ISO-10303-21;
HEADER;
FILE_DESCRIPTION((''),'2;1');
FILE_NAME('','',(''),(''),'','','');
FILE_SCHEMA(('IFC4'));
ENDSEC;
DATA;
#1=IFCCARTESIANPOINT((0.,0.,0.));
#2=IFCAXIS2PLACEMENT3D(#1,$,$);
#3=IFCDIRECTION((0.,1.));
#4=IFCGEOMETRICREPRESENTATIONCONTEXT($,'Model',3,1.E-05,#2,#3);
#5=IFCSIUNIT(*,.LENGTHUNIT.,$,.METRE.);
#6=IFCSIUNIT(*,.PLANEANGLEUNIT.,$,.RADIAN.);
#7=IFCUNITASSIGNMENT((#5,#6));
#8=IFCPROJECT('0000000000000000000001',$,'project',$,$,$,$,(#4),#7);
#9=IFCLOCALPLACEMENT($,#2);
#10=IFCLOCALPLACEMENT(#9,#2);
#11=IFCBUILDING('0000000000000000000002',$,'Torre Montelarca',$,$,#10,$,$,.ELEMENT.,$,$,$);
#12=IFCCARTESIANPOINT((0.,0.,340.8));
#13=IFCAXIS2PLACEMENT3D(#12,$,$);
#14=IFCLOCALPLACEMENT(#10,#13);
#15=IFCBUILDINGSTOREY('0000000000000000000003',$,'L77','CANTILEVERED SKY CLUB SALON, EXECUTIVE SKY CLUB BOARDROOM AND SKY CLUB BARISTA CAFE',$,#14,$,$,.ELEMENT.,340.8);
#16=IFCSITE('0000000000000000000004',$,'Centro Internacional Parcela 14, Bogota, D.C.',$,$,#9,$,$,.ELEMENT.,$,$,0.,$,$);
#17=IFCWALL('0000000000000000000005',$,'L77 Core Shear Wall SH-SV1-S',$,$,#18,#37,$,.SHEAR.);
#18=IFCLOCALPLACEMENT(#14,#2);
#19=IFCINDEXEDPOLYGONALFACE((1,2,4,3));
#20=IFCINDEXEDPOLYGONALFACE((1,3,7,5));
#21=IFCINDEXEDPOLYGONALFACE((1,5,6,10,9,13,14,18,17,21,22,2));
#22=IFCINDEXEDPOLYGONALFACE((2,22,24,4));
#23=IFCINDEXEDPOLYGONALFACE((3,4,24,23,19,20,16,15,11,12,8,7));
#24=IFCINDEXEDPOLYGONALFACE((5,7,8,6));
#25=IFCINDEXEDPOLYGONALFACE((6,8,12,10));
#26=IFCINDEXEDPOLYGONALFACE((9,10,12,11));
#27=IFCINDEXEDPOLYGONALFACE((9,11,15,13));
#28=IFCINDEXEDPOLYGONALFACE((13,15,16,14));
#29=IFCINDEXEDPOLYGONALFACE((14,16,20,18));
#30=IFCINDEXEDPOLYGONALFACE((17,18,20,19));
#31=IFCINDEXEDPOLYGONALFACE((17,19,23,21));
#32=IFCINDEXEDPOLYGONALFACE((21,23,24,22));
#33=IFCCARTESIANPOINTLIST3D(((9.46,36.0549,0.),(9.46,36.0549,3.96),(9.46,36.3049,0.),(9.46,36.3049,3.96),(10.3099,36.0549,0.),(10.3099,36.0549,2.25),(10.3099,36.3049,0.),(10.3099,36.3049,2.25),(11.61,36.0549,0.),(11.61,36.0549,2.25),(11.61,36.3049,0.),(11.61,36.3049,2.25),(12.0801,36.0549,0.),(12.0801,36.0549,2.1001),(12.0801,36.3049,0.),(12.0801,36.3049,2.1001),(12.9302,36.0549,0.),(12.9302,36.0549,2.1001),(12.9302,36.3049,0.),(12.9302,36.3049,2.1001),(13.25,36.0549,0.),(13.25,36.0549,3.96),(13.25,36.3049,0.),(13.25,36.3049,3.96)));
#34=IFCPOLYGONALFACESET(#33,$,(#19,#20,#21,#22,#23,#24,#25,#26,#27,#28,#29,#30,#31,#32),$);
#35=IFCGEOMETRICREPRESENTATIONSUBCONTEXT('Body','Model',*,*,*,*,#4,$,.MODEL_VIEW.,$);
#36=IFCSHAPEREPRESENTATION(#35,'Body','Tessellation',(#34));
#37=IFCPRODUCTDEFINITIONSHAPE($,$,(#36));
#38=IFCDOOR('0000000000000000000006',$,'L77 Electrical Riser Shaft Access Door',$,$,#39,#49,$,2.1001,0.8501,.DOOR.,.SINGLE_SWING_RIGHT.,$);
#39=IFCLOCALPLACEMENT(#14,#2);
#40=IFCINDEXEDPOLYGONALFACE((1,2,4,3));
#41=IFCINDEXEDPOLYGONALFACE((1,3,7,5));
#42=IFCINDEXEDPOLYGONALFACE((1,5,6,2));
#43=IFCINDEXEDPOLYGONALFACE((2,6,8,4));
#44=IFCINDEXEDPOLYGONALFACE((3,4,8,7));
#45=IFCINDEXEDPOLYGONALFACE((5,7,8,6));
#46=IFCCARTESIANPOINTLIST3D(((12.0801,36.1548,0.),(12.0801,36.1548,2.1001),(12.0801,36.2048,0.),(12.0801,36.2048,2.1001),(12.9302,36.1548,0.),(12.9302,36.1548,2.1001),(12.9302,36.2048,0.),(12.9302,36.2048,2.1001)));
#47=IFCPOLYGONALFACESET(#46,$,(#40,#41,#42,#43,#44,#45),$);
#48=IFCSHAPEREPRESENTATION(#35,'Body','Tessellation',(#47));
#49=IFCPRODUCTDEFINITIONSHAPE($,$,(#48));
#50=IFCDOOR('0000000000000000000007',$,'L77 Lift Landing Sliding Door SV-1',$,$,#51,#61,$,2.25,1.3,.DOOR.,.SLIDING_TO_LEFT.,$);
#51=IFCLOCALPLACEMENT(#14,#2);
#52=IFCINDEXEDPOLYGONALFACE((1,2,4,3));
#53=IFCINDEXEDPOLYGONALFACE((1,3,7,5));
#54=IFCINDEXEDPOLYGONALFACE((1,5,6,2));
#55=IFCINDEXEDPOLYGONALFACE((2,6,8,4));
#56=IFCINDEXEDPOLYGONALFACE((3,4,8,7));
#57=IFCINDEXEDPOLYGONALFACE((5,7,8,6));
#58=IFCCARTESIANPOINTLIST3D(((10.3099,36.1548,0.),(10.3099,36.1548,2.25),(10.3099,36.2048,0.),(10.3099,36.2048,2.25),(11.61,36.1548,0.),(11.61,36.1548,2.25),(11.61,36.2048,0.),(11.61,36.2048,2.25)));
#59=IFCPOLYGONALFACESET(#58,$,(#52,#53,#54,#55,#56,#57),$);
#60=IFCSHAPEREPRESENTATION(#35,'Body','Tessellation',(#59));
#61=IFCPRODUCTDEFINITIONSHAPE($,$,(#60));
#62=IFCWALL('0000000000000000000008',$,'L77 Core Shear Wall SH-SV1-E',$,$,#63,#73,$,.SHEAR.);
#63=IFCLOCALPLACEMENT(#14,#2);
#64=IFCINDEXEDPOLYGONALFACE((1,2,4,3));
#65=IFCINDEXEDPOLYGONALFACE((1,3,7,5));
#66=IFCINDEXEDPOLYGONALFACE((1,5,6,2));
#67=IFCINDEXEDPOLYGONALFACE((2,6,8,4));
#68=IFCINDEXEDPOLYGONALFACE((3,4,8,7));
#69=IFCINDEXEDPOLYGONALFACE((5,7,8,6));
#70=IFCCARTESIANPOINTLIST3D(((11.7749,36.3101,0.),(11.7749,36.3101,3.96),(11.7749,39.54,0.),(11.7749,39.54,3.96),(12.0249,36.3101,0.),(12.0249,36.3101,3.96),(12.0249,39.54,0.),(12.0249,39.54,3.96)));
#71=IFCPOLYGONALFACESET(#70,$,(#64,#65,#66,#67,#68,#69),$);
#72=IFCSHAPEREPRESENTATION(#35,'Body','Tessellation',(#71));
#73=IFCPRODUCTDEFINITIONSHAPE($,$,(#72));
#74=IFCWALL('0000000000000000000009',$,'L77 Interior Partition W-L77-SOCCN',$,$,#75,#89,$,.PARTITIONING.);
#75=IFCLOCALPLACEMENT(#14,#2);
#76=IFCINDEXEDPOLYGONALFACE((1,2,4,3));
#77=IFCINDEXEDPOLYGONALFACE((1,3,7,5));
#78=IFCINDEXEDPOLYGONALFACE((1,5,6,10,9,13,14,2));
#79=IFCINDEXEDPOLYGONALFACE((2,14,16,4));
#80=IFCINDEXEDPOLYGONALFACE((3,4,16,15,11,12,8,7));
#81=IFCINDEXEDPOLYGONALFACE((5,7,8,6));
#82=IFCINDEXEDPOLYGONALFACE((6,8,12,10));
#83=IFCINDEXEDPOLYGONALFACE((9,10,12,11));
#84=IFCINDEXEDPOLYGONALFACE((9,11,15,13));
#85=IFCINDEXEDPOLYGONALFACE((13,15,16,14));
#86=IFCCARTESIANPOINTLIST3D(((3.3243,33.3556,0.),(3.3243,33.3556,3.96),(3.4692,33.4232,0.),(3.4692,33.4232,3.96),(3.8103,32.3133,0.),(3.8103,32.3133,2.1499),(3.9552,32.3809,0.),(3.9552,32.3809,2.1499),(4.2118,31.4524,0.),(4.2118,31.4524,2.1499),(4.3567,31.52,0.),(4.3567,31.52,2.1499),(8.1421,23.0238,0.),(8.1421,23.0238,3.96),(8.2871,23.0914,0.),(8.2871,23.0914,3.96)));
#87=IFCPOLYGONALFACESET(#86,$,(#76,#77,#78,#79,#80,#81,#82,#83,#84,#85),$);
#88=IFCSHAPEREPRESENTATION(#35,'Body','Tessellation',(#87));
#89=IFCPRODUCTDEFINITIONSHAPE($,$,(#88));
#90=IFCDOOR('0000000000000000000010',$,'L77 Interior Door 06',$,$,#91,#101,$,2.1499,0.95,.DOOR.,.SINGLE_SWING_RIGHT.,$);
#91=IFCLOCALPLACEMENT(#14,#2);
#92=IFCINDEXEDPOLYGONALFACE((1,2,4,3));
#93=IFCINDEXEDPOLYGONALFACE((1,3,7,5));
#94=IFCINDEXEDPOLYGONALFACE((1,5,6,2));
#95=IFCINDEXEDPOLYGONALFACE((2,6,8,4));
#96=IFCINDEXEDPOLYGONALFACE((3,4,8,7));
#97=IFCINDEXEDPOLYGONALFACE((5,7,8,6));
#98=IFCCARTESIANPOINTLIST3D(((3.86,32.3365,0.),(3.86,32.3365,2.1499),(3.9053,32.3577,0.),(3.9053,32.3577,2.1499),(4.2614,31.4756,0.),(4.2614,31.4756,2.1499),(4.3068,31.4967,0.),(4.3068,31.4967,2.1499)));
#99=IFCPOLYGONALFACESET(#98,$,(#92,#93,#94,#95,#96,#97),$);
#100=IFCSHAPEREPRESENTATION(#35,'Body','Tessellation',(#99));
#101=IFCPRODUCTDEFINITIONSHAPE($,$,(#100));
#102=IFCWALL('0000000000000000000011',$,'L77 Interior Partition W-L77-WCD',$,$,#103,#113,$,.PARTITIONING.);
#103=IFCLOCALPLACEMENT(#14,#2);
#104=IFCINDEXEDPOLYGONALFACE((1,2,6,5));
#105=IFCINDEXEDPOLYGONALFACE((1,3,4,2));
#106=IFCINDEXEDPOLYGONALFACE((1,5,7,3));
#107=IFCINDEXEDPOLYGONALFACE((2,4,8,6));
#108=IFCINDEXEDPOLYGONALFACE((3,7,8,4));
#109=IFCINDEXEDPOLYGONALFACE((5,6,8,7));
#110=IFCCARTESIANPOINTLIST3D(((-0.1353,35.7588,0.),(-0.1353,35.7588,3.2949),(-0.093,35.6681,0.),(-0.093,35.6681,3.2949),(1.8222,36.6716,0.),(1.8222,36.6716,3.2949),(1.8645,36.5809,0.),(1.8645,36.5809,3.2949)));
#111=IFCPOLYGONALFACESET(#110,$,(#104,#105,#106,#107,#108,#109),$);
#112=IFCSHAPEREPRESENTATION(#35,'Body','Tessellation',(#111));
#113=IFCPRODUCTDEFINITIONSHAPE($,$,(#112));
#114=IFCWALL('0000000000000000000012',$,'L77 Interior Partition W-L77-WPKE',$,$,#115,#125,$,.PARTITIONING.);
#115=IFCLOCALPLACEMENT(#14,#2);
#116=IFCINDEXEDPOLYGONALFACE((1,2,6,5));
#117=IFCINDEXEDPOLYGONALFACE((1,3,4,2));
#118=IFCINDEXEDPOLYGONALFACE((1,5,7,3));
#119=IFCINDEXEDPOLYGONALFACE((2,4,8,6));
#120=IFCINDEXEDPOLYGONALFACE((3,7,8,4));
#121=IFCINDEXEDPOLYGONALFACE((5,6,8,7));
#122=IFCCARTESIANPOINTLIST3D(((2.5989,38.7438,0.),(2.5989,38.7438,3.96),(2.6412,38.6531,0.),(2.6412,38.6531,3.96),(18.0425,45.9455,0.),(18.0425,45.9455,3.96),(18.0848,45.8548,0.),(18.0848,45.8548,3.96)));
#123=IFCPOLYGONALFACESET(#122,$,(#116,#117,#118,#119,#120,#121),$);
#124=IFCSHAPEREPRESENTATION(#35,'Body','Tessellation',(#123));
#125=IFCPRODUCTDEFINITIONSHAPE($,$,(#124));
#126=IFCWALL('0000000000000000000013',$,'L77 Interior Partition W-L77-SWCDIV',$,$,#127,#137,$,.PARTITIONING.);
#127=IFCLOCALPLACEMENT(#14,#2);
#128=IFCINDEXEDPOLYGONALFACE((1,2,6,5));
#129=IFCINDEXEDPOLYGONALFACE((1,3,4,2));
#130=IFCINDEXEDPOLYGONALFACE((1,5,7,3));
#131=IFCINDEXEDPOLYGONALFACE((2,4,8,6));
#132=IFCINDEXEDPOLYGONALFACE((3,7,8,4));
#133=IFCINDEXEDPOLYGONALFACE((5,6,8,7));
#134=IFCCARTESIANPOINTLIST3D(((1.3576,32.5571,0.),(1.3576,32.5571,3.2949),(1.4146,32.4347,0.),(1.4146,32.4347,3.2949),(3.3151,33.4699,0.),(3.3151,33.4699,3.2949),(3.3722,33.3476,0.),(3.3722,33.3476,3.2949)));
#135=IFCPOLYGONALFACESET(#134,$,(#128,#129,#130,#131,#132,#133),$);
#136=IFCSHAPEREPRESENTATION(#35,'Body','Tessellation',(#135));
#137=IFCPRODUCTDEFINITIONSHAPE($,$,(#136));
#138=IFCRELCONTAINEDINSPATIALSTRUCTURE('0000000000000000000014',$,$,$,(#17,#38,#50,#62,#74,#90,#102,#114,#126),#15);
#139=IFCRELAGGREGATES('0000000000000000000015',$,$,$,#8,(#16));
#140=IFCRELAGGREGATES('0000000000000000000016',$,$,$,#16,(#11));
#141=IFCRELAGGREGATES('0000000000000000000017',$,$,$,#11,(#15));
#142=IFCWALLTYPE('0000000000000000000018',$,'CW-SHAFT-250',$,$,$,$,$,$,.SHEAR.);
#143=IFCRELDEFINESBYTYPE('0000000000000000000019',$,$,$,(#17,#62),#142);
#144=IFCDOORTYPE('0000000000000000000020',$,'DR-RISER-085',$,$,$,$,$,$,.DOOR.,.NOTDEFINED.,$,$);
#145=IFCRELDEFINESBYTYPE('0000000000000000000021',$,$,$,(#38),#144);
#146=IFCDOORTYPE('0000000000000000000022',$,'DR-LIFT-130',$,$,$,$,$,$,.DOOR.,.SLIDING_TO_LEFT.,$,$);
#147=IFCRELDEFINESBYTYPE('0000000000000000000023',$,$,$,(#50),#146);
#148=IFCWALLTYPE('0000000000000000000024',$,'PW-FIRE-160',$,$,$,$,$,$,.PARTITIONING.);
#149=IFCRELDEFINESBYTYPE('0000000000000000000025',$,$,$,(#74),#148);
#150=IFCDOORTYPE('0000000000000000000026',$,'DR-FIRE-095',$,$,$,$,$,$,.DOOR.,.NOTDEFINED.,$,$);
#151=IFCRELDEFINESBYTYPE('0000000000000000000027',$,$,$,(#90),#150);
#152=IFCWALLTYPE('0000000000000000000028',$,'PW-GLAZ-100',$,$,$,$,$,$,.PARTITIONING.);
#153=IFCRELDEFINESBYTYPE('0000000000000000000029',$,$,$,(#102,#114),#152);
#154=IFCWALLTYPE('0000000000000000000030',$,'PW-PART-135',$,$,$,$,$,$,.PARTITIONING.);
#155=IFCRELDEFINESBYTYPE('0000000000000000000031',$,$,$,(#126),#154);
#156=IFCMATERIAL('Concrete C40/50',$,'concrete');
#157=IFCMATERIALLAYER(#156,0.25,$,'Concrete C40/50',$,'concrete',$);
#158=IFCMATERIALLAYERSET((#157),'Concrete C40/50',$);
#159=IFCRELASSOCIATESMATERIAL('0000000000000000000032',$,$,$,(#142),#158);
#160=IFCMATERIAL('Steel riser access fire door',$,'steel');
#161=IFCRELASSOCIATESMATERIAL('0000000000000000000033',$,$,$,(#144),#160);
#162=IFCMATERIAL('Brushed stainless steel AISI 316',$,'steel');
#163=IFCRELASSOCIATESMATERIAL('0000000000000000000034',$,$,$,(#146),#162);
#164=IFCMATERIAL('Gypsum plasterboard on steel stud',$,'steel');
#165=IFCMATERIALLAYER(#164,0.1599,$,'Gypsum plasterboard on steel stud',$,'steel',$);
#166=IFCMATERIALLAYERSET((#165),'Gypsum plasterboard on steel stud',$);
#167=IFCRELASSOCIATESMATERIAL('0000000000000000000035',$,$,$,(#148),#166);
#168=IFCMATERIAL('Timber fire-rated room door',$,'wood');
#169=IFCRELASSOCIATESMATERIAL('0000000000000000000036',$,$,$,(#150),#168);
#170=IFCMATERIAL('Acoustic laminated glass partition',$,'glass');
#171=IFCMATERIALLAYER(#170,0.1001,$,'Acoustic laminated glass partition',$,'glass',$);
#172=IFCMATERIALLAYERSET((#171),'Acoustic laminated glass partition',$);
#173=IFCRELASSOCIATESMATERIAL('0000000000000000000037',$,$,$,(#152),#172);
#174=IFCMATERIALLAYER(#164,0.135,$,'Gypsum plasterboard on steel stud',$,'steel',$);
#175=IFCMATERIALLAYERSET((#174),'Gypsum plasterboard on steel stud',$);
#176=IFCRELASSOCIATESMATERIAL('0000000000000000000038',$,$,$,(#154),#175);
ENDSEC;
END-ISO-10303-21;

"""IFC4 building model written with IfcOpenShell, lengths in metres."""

from ifc_helpers import new_model, si_unit, direction, frame, frame_2d, origin, place, context, subcontext, project, spatial, rectangle, extrude, source, transform, mapped, material, layer, layer_set, type_object, element, fill, save


model = new_model("IFC4")

# Units and contexts
model_context = context("Model", 3, precision=1e-05, world=origin(), true_north=direction((0.0, 1.0)))
body_context = subcontext(model_context, "Body", "Model", "MODEL_VIEW")
ifc_project = project(units=[si_unit("LENGTHUNIT", "METRE"), si_unit("PLANEANGLEUNIT", "RADIAN")], contexts=[model_context])

# Site, building, storey
site_placement = place(None, origin())
site = spatial("IfcSite", under=ifc_project, at=site_placement, Name="Centro Internacional Parcela 14, Bogota, D.C.", CompositionType="ELEMENT", RefElevation=0.0)
building_placement = place(site_placement, origin())
building = spatial("IfcBuilding", under=site, at=building_placement, Name="Torre Montelarca", CompositionType="ELEMENT")
storey_placement = place(building_placement, frame((0.0, 0.0, 340.8)))
storey = spatial("IfcBuildingStorey", under=building, at=storey_placement, Name="L77", Description="CANTILEVERED SKY CLUB SALON, EXECUTIVE SKY CLUB BOARDROOM AND SKY CLUB BARISTA CAFE", CompositionType="ELEMENT", Elevation=340.8)

# Shared definitions
ifc_material_1 = material(Name="Concrete C40/50", Category="concrete")

# Shared definitions
ifc_layer_1 = layer(ifc_material_1, 0.25, Name="Concrete C40/50", Category="concrete")
ifc_layer_set_1 = layer_set([ifc_layer_1], Name="Concrete C40/50")
wall_type_1 = type_object("IfcWallType", Name="CW-SHAFT-250", PredefinedType="SHEAR", material=ifc_layer_set_1)

# Wall, openings, doors
wall_1_placement = place(storey_placement, frame((9.46, 36.1799, 0.0), z_axis=(0.0, 0.0, 1.0), x_axis=(1.0, 0.0, 0.0)))
wall_1 = element("IfcWall", 1, at=wall_1_placement, inside=storey, type_object=wall_type_1, Name="L77 Core Shear Wall SH-SV1-S", PredefinedType="SHEAR", context=body_context, shape_type="SweptSolid", body=[
    extrude(rectangle(XDim=3.79, YDim=0.25, at=frame_2d((1.895, 0.0))), origin(), (0.0, 0.0, 1.0), 3.96),
])
opening_1_placement = place(wall_1_placement, frame((2.6201, 0.0, 0.0)))
opening_1 = element("IfcOpeningElement", 2, at=opening_1_placement, cuts=wall_1, PredefinedType="OPENING", context=body_context, shape_type="SweptSolid", body=[
    extrude(rectangle(XDim=0.8501, YDim=2.1001, at=frame_2d((0.425, 1.05))), frame((0.0, 0.135, 0.0), z_axis=(0.0, -1.0, 0.0), x_axis=(1.0, 0.0, 0.0)), (0.0, 0.0, 1.0), 0.27),
])
opening_2_placement = place(wall_1_placement, frame((0.8501, 0.0, 0.0)))
opening_2 = element("IfcOpeningElement", 3, at=opening_2_placement, cuts=wall_1, PredefinedType="OPENING", context=body_context, shape_type="SweptSolid", body=[
    extrude(rectangle(XDim=1.3, YDim=2.25, at=frame_2d((0.6499, 1.125))), frame((0.0, 0.135, 0.0), z_axis=(0.0, -1.0, 0.0), x_axis=(1.0, 0.0, 0.0)), (0.0, 0.0, 1.0), 0.27),
])
ifc_material_2 = material(Name="Steel riser access fire door", Category="steel")
door_type_1 = type_object("IfcDoorType", Name="DR-RISER-085", OperationType="NOTDEFINED", PredefinedType="DOOR", material=ifc_material_2)
shared_shape_1 = source(origin(), body_context, "Body", "SweptSolid", [
    extrude(rectangle(XDim=0.8501, YDim=2.1001, at=frame_2d((0.425, 1.05))), frame((0.0, 0.0249, 0.0), z_axis=(0.0, -1.0, 0.0), x_axis=(1.0, 0.0, 0.0)), (0.0, 0.0, 1.0), 0.05),
])
door_1_placement = place(opening_1_placement, origin())
door_1 = element("IfcDoor", 4, at=door_1_placement, inside=storey, type_object=door_type_1, Name="L77 Electrical Riser Shaft Access Door", OperationType="SINGLE_SWING_RIGHT", OverallHeight=2.1001, OverallWidth=0.8501, PredefinedType="DOOR", context=body_context, shape_type="MappedRepresentation", body=[
    mapped(shared_shape_1, transform((0.0, 0.0, 0.0), scale=1.0)),
])
fill(opening_1, door_1)
ifc_material_3 = material(Name="Brushed stainless steel AISI 316", Category="steel")
door_type_2 = type_object("IfcDoorType", Name="DR-LIFT-130", OperationType="SLIDING_TO_LEFT", PredefinedType="DOOR", material=ifc_material_3)
shared_shape_2 = source(origin(), body_context, "Body", "SweptSolid", [
    extrude(rectangle(XDim=1.3, YDim=2.25, at=frame_2d((0.6499, 1.125))), frame((0.0, 0.0249, 0.0), z_axis=(0.0, -1.0, 0.0), x_axis=(1.0, 0.0, 0.0)), (0.0, 0.0, 1.0), 0.05),
])
door_2_placement = place(opening_2_placement, origin())
door_2 = element("IfcDoor", 5, at=door_2_placement, inside=storey, type_object=door_type_2, Name="L77 Lift Landing Sliding Door SV-1", OperationType="SLIDING_TO_LEFT", OverallHeight=2.25, OverallWidth=1.3, PredefinedType="DOOR", context=body_context, shape_type="MappedRepresentation", body=[
    mapped(shared_shape_2, transform((0.0, 0.0, 0.0), scale=1.0)),
])
fill(opening_2, door_2)

# Wall
wall_2_placement = place(storey_placement, frame((11.8999, 36.3101, 0.0), z_axis=(0.0, 0.0, 1.0), x_axis=(0.0, 1.0, 0.0)))
element("IfcWall", 6, at=wall_2_placement, inside=storey, type_object=wall_type_1, Name="L77 Core Shear Wall SH-SV1-E", PredefinedType="SHEAR", context=body_context, shape_type="SweptSolid", body=[
    extrude(rectangle(XDim=3.23, YDim=0.25, at=frame_2d((1.615, 0.0))), origin(), (0.0, 0.0, 1.0), 3.96),
])

# Wall, opening, door
ifc_material_4 = material(Name="Gypsum plasterboard on steel stud", Category="steel")
ifc_layer_2 = layer(ifc_material_4, 0.1599, Name="Gypsum plasterboard on steel stud", Category="steel")
ifc_layer_set_2 = layer_set([ifc_layer_2], Name="Gypsum plasterboard on steel stud")
wall_type_2 = type_object("IfcWallType", Name="PW-FIRE-160", PredefinedType="PARTITIONING", material=ifc_layer_set_2)
wall_3_placement = place(storey_placement, frame((3.3967, 33.3894, 0.0), z_axis=(0.0, 0.0, 1.0), x_axis=(0.422624, -0.906305, 0.0)))
wall_3 = element("IfcWall", 7, at=wall_3_placement, inside=storey, type_object=wall_type_2, Name="L77 Interior Partition W-L77-SOCCN", PredefinedType="PARTITIONING", context=body_context, shape_type="SweptSolid", body=[
    extrude(rectangle(XDim=11.3999, YDim=0.1599, at=frame_2d((5.7, 0.0))), origin(), (0.0, 0.0, 1.0), 3.96),
])
opening_3_placement = place(wall_3_placement, frame((1.1499, 0.0, 0.0)))
opening_3 = element("IfcOpeningElement", 8, at=opening_3_placement, cuts=wall_3, PredefinedType="OPENING", context=body_context, shape_type="SweptSolid", body=[
    extrude(rectangle(XDim=0.95, YDim=2.1499, at=frame_2d((0.4751, 1.075))), frame((0.0, 0.0898, 0.0), z_axis=(0.0, -1.0, 0.0), x_axis=(1.0, 0.0, 0.0)), (0.0, 0.0, 1.0), 0.1799),
])
ifc_material_5 = material(Name="Timber fire-rated room door", Category="wood")
door_type_3 = type_object("IfcDoorType", Name="DR-FIRE-095", OperationType="NOTDEFINED", PredefinedType="DOOR", material=ifc_material_5)
shared_shape_3 = source(origin(), body_context, "Body", "SweptSolid", [
    extrude(rectangle(XDim=0.95, YDim=2.1499, at=frame_2d((0.4751, 1.075))), frame((0.0, 0.0249, 0.0), z_axis=(0.0, -1.0, 0.0), x_axis=(1.0, 0.0, 0.0)), (0.0, 0.0, 1.0), 0.05),
])
door_3_placement = place(opening_3_placement, origin())
door_3 = element("IfcDoor", 9, at=door_3_placement, inside=storey, type_object=door_type_3, Name="L77 Interior Door 06", OperationType="SINGLE_SWING_RIGHT", OverallHeight=2.1499, OverallWidth=0.95, PredefinedType="DOOR", context=body_context, shape_type="MappedRepresentation", body=[
    mapped(shared_shape_3, transform((0.0, 0.0, 0.0), scale=1.0)),
])
fill(opening_3, door_3)

# Walls
ifc_material_6 = material(Name="Acoustic laminated glass partition", Category="glass")
ifc_layer_3 = layer(ifc_material_6, 0.1001, Name="Acoustic laminated glass partition", Category="glass")
ifc_layer_set_3 = layer_set([ifc_layer_3], Name="Acoustic laminated glass partition")
wall_type_3 = type_object("IfcWallType", Name="PW-GLAZ-100", PredefinedType="PARTITIONING", material=ifc_layer_set_3)
wall_4_placement = place(storey_placement, frame((-0.1143, 35.7134, 0.0), z_axis=(0.0, 0.0, 1.0), x_axis=(0.906302, 0.422632, 0.0)))
element("IfcWall", 10, at=wall_4_placement, inside=storey, type_object=wall_type_3, Name="L77 Interior Partition W-L77-WCD", PredefinedType="PARTITIONING", context=body_context, shape_type="SweptSolid", body=[
    extrude(rectangle(XDim=2.1599, YDim=0.1001, at=frame_2d((1.0801, 0.0))), origin(), (0.0, 0.0, 1.0), 3.2949),
])
wall_5_placement = place(storey_placement, frame((2.6201, 38.6985, 0.0), z_axis=(0.0, 0.0, 1.0), x_axis=(0.906304, 0.422627, 0.0)))
element("IfcWall", 11, at=wall_5_placement, inside=storey, type_object=wall_type_3, Name="L77 Interior Partition W-L77-WPKE", PredefinedType="PARTITIONING", context=body_context, shape_type="SweptSolid", body=[
    extrude(rectangle(XDim=17.0403, YDim=0.1001, at=frame_2d((8.52, 0.0))), origin(), (0.0, 0.0, 1.0), 3.96),
])
ifc_layer_4 = layer(ifc_material_4, 0.135, Name="Gypsum plasterboard on steel stud", Category="steel")
ifc_layer_set_4 = layer_set([ifc_layer_4], Name="Gypsum plasterboard on steel stud")
wall_type_4 = type_object("IfcWallType", Name="PW-PART-135", PredefinedType="PARTITIONING", material=ifc_layer_set_4)
wall_6_placement = place(storey_placement, frame((1.386, 32.4958, 0.0), z_axis=(0.0, 0.0, 1.0), x_axis=(0.906302, 0.422632, 0.0)))
element("IfcWall", 12, at=wall_6_placement, inside=storey, type_object=wall_type_4, Name="L77 Interior Partition W-L77-SWCDIV", PredefinedType="PARTITIONING", context=body_context, shape_type="SweptSolid", body=[
    extrude(rectangle(XDim=2.1599, YDim=0.135, at=frame_2d((1.0801, 0.0))), origin(), (0.0, 0.0, 1.0), 3.2949),
])

save(model, "model.ifc")
